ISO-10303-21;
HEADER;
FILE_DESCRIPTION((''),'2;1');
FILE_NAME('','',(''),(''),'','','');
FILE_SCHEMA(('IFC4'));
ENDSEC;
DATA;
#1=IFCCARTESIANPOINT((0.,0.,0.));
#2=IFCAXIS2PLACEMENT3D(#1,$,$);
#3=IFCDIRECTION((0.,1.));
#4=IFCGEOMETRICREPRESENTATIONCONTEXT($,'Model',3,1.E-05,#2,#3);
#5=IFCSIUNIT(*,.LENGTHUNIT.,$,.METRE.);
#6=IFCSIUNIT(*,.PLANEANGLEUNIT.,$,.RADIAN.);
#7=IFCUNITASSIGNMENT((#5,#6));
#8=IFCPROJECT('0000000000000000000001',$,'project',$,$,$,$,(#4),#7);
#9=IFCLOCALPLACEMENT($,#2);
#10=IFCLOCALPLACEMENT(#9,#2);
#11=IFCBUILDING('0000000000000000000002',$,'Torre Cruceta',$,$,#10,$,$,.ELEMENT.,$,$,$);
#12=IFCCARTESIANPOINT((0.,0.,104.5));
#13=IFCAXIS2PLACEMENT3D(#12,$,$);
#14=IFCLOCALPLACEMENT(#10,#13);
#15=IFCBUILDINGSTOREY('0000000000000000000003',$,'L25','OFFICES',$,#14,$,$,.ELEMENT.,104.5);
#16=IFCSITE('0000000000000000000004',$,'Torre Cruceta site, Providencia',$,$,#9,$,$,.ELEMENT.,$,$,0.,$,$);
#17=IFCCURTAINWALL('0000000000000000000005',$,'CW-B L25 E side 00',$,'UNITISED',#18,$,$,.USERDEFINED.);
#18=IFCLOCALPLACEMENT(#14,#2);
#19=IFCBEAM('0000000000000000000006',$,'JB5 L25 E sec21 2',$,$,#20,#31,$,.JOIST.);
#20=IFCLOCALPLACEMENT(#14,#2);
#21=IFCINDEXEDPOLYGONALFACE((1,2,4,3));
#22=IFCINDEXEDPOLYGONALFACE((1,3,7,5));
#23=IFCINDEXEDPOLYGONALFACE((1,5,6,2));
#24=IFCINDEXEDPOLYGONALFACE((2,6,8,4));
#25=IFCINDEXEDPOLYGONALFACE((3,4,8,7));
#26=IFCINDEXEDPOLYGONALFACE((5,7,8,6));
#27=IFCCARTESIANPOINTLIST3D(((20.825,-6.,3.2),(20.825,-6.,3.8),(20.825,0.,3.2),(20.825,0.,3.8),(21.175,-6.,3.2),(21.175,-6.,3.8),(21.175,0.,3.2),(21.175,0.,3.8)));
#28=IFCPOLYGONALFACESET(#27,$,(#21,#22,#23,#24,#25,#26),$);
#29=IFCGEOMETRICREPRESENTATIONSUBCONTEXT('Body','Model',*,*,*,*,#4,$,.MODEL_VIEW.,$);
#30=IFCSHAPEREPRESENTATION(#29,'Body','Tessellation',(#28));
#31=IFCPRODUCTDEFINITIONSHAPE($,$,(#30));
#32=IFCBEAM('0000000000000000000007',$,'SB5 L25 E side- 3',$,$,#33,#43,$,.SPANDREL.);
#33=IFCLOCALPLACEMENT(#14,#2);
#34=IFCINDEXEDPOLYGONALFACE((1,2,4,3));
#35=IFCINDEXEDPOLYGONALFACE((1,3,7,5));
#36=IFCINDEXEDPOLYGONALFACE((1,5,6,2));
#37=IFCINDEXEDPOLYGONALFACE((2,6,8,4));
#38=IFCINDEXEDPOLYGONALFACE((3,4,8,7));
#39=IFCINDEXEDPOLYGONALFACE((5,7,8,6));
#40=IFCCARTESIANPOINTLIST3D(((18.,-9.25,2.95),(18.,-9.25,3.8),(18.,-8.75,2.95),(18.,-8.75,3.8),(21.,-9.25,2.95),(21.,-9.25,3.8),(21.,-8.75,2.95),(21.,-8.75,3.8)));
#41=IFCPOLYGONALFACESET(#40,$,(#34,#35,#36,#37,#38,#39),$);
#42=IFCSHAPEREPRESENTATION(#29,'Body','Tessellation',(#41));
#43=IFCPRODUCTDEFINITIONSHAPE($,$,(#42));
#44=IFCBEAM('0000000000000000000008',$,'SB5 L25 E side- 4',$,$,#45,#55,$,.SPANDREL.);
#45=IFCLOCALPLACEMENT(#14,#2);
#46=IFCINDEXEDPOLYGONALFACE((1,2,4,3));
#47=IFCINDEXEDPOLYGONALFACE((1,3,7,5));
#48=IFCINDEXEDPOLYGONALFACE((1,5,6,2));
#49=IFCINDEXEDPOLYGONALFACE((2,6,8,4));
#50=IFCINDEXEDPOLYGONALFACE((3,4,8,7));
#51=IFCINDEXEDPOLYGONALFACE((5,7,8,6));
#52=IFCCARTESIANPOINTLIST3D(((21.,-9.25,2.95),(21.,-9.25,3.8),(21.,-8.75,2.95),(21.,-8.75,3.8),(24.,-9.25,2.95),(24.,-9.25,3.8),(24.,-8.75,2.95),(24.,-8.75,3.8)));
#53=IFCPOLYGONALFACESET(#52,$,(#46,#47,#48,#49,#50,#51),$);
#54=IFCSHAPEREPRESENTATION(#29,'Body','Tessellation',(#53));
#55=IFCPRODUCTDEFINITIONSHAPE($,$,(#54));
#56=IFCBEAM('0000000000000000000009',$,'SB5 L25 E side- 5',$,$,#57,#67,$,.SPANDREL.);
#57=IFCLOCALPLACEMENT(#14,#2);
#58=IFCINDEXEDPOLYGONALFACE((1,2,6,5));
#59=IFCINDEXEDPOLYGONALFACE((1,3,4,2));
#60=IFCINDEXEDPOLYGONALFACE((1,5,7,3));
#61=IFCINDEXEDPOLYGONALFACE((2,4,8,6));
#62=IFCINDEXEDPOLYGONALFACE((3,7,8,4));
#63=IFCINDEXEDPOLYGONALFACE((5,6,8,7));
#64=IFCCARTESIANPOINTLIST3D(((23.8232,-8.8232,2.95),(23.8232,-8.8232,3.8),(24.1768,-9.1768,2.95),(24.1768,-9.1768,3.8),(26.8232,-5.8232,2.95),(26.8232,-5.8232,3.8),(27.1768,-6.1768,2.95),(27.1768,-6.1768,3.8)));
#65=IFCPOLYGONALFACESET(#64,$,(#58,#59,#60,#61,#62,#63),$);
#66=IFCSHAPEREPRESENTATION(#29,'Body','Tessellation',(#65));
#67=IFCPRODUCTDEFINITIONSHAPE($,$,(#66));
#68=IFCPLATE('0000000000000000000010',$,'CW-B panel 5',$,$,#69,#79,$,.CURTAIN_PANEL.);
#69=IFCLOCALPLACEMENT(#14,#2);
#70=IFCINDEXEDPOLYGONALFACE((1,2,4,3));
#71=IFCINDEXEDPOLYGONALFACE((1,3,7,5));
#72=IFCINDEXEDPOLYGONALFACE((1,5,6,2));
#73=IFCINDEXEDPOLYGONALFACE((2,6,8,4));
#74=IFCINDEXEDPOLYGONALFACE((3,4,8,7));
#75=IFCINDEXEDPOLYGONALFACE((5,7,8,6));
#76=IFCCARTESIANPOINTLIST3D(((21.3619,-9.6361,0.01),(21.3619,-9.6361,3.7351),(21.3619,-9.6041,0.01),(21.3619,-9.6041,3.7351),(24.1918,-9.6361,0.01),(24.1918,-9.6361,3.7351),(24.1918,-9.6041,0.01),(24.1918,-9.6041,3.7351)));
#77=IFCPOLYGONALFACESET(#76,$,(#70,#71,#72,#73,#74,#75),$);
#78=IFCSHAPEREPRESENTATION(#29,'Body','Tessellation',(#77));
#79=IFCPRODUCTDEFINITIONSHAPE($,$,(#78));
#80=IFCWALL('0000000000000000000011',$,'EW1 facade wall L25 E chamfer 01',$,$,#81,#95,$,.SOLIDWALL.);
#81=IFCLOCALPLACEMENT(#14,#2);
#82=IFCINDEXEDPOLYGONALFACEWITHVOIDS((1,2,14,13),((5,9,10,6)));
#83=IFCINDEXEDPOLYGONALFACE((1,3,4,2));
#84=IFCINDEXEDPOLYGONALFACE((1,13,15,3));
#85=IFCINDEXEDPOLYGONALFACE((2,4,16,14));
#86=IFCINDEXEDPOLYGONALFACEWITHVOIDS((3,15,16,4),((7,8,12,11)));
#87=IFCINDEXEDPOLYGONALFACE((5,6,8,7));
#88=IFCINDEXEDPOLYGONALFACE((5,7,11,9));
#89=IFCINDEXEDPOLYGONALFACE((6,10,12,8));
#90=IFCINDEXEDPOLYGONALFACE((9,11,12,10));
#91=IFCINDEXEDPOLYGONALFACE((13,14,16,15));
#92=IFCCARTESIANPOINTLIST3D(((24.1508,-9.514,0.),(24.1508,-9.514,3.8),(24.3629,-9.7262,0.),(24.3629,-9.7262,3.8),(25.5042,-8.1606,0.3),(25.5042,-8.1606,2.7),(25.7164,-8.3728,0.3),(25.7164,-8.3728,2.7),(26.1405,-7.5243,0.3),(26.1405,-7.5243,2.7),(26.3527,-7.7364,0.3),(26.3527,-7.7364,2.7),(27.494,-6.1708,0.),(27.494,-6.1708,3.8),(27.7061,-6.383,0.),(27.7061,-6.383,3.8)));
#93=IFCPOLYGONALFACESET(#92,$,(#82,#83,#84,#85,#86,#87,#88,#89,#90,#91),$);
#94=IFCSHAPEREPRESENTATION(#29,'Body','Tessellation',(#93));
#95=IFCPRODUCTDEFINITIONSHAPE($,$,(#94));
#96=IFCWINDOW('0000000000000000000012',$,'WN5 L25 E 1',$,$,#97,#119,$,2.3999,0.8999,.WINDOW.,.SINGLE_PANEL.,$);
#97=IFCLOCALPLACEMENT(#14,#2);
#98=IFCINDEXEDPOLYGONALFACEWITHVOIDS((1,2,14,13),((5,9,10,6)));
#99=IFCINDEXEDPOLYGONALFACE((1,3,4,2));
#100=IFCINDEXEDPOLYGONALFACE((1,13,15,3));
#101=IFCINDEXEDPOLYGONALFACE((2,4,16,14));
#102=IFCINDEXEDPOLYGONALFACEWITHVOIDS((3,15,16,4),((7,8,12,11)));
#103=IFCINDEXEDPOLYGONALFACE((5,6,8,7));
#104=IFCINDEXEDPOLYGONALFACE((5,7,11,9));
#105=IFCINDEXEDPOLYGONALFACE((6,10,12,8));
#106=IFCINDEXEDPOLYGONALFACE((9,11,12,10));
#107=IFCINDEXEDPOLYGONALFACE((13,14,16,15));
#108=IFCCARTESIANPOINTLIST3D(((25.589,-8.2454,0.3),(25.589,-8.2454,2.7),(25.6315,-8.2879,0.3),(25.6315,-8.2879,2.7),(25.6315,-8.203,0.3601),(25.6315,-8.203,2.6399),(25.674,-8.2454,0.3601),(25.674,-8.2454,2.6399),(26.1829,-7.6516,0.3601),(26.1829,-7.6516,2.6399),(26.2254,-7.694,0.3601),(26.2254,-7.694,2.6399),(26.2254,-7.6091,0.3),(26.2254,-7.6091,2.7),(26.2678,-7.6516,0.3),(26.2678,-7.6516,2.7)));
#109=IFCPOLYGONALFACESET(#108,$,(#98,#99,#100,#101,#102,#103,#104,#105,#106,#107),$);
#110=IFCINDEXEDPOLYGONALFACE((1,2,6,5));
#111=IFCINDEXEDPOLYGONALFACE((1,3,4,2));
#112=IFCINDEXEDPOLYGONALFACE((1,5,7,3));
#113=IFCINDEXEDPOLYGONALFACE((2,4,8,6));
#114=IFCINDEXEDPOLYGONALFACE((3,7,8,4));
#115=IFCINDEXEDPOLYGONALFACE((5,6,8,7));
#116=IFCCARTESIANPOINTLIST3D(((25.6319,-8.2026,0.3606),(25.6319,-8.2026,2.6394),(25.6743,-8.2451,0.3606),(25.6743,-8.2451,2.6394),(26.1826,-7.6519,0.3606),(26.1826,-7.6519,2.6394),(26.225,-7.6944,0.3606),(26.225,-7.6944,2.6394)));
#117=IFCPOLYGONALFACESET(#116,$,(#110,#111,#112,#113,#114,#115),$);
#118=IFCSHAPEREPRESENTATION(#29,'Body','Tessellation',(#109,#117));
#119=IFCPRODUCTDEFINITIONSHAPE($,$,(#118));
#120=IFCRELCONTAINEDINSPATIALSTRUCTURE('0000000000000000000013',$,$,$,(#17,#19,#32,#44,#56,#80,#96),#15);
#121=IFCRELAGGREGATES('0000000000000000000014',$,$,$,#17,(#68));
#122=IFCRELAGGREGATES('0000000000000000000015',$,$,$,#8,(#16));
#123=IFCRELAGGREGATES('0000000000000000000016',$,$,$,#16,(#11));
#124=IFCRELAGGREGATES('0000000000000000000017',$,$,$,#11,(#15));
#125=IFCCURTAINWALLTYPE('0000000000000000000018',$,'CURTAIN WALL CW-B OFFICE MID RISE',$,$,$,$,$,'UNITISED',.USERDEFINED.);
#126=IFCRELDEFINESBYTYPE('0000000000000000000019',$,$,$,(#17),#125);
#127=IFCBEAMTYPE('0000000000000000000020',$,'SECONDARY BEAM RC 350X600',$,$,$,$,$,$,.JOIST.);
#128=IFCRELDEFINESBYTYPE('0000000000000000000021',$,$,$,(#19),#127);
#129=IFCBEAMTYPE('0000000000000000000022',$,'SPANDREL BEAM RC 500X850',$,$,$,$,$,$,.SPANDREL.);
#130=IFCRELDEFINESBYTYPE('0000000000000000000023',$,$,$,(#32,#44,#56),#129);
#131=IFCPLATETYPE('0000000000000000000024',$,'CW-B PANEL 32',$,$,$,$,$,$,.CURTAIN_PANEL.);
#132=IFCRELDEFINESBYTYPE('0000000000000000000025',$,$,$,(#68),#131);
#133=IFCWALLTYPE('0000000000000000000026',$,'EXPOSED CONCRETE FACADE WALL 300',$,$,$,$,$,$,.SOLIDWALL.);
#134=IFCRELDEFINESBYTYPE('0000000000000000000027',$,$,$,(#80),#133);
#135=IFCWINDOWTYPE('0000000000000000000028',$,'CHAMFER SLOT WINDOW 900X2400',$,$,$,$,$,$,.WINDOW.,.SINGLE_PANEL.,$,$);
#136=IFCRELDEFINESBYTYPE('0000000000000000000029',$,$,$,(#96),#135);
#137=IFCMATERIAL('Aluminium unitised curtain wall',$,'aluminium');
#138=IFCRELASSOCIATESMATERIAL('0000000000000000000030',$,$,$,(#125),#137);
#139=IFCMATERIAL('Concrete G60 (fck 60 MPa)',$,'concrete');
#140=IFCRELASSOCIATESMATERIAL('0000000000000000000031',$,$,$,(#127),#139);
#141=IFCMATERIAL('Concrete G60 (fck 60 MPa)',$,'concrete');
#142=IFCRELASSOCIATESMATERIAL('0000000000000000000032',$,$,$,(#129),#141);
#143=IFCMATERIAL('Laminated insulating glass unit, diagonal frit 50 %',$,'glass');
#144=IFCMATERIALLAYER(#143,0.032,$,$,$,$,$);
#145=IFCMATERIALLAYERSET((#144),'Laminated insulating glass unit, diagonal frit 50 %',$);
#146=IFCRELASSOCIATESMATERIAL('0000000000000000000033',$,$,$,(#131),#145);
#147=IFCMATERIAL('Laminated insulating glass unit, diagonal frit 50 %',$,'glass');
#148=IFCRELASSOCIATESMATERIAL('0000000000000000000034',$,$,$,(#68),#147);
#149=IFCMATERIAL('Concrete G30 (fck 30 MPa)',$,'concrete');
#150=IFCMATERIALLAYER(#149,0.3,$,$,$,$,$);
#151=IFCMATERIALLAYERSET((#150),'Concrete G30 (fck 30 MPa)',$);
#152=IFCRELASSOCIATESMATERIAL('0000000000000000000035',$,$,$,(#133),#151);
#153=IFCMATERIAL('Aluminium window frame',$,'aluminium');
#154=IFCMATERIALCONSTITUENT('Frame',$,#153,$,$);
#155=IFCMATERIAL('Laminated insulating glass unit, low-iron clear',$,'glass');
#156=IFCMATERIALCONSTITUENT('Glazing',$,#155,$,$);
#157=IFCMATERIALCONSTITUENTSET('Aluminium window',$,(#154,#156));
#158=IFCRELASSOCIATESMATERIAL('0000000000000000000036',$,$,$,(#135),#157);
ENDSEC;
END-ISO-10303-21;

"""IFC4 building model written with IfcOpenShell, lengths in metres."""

from ifc_helpers import new_model, si_unit, direction, frame, frame_2d, origin, origin_2d, place, context, subcontext, project, spatial, rectangle, hollow_rectangle, extrude, material, layer, layer_set, constituent, constituent_set, material_profile, profile_set, type_object, element, fill, aggregate, save


model = new_model("IFC4")

# Units and contexts
model_context = context("Model", 3, precision=1e-05, world=origin(), true_north=direction((0.0, 1.0)))
body_context = subcontext(model_context, "Body", "Model", "MODEL_VIEW")
ifc_project = project(units=[si_unit("LENGTHUNIT", "METRE"), si_unit("PLANEANGLEUNIT", "RADIAN")], contexts=[model_context])

# Site, building, storey
site_placement = place(None, origin())
site = spatial("IfcSite", under=ifc_project, at=site_placement, Name="Torre Cruceta site, Providencia", CompositionType="ELEMENT", RefElevation=0.0)
building_placement = place(site_placement, origin())
building = spatial("IfcBuilding", under=site, at=building_placement, Name="Torre Cruceta", CompositionType="ELEMENT")
storey_placement = place(building_placement, frame((0.0, 0.0, 104.5)))
storey = spatial("IfcBuildingStorey", under=building, at=storey_placement, Name="L25", Description="OFFICES", CompositionType="ELEMENT", Elevation=104.5)

# Curtain wall
ifc_material_1 = material(Name="Aluminium unitised curtain wall", Category="aluminium")
curtain_wall_type = type_object("IfcCurtainWallType", Name="CURTAIN WALL CW-B OFFICE MID RISE", ElementType="UNITISED", PredefinedType="USERDEFINED", material=ifc_material_1)
curtain_wall_placement = place(storey_placement, origin())
curtain_wall = element("IfcCurtainWall", 1, at=curtain_wall_placement, inside=storey, type_object=curtain_wall_type, Name="CW-B L25 E side 00", ObjectType="UNITISED", PredefinedType="USERDEFINED")

# Beams
ifc_material_2 = material(Name="Concrete G60 (fck 60 MPa)", Category="concrete")
ifc_material_profile_1 = material_profile(ifc_material_2, rectangle(XDim=0.3501, YDim=0.6001, at=origin_2d()), Name="RC 350X600")
ifc_profile_set_1 = profile_set([ifc_material_profile_1], Name="Concrete G60 (fck 60 MPa)")
beam_type_1 = type_object("IfcBeamType", Name="SECONDARY BEAM RC 350X600", PredefinedType="JOIST", material=ifc_profile_set_1)
beam_1_placement = place(storey_placement, frame((21.0, -6.0, 3.5), z_axis=(0.0, 1.0, 0.0), x_axis=(-1.0, 0.0, 0.0)))
element("IfcBeam", 2, at=beam_1_placement, inside=storey, type_object=beam_type_1, Name="JB5 L25 E sec21 2", PredefinedType="JOIST", context=body_context, shape_type="SweptSolid", body=[
    extrude(rectangle(XDim=0.3501, YDim=0.6001, at=origin_2d()), origin(), (0.0, 0.0, 1.0), 6.0),
])
ifc_material_3 = material(Name="Concrete G60 (fck 60 MPa)", Category="concrete")
ifc_material_profile_2 = material_profile(ifc_material_3, rectangle(XDim=0.5, YDim=0.8501, at=origin_2d()), Name="RC 500X850")
ifc_profile_set_2 = profile_set([ifc_material_profile_2], Name="Concrete G60 (fck 60 MPa)")
beam_type_2 = type_object("IfcBeamType", Name="SPANDREL BEAM RC 500X850", PredefinedType="SPANDREL", material=ifc_profile_set_2)
for number, where, z_axis, x_axis, name in (
    (3, (18.0, -9.0, 3.375), (1.0, 0.0, 0.0), (0.0, 1.0, 0.0), "SB5 L25 E side- 3"),
    (4, (21.0, -9.0, 3.375), (1.0, 0.0, 0.0), (0.0, 1.0, 0.0), "SB5 L25 E side- 4"),
):
    element("IfcBeam", number, at=place(storey_placement, frame(where, z_axis=z_axis, x_axis=x_axis)), inside=storey, type_object=beam_type_2, Name=name, PredefinedType="SPANDREL", context=body_context, shape_type="SweptSolid", body=[
        extrude(rectangle(XDim=0.5, YDim=0.8501, at=origin_2d()), origin(), (0.0, 0.0, 1.0), 3.0),
    ])
beam_2_placement = place(storey_placement, frame((24.0, -9.0, 3.375), z_axis=(0.707107, 0.707107, 0.0), x_axis=(-0.707107, 0.707107, 0.0)))
element("IfcBeam", 5, at=beam_2_placement, inside=storey, type_object=beam_type_2, Name="SB5 L25 E side- 5", PredefinedType="SPANDREL", context=body_context, shape_type="SweptSolid", body=[
    extrude(rectangle(XDim=0.5, YDim=0.8501, at=origin_2d()), origin(), (0.0, 0.0, 1.0), 4.2427),
])

# Plate
ifc_material_4 = material(Name="Laminated insulating glass unit, diagonal frit 50 %", Category="glass")
ifc_material_5 = material(Name="Laminated insulating glass unit, diagonal frit 50 %", Category="glass")
ifc_layer_1 = layer(ifc_material_5, 0.032)
ifc_layer_set_1 = layer_set([ifc_layer_1], Name="Laminated insulating glass unit, diagonal frit 50 %")
plate_type = type_object("IfcPlateType", Name="CW-B PANEL 32", PredefinedType="CURTAIN_PANEL", material=ifc_layer_set_1)
plate_placement = place(storey_placement, frame((22.7769, -9.6201, 0.01), z_axis=(0.0, 0.0, 1.0), x_axis=(1.0, 0.0, 0.0)))
plate = element("IfcPlate", 6, at=plate_placement, type_object=plate_type, material=ifc_material_4, Name="CW-B panel 5", PredefinedType="CURTAIN_PANEL", context=body_context, shape_type="SweptSolid", body=[
    extrude(rectangle(XDim=2.8298, YDim=0.032, at=origin_2d()), origin(), (0.0, 0.0, 1.0), 3.7251),
])
aggregate(curtain_wall, [plate])

# Wall, opening, window
ifc_material_6 = material(Name="Concrete G30 (fck 30 MPa)", Category="concrete")
ifc_layer_2 = layer(ifc_material_6, 0.3)
ifc_layer_set_2 = layer_set([ifc_layer_2], Name="Concrete G30 (fck 30 MPa)")
wall_type_1 = type_object("IfcWallType", Name="EXPOSED CONCRETE FACADE WALL 300", PredefinedType="SOLIDWALL", material=ifc_layer_set_2)
wall_1_placement = place(storey_placement, frame((24.2568, -9.6201, 0.0), z_axis=(0.0, 0.0, 1.0), x_axis=(0.707107, 0.707107, 0.0)))
wall_1 = element("IfcWall", 7, at=wall_1_placement, inside=storey, type_object=wall_type_1, Name="EW1 facade wall L25 E chamfer 01", PredefinedType="SOLIDWALL", context=body_context, shape_type="SweptSolid", body=[
    extrude(rectangle(XDim=4.728, YDim=0.3, at=frame_2d((2.364, 0.0))), origin(), (0.0, 0.0, 1.0), 3.8),
])
opening_1_placement = place(wall_1_placement, frame((1.9141, 0.0, 0.3)))
opening_1 = element("IfcOpeningElement", 8, at=opening_1_placement, cuts=wall_1, PredefinedType="OPENING", context=body_context, shape_type="SweptSolid", body=[
    extrude(rectangle(XDim=0.8999, YDim=2.3999, at=frame_2d((0.45, 1.2))), frame((0.0, 0.1599, 0.0), z_axis=(0.0, -1.0, 0.0), x_axis=(1.0, 0.0, 0.0)), (0.0, 0.0, 1.0), 0.3201),
])
ifc_material_7 = material(Name="Aluminium window frame", Category="aluminium")
ifc_constituent_1 = constituent(ifc_material_7, Name="Frame")
ifc_material_8 = material(Name="Laminated insulating glass unit, low-iron clear", Category="glass")
ifc_constituent_2 = constituent(ifc_material_8, Name="Glazing")
ifc_constituent_set_1 = constituent_set(constituents=[ifc_constituent_1, ifc_constituent_2], Name="Aluminium window")
window_type_1 = type_object("IfcWindowType", Name="CHAMFER SLOT WINDOW 900X2400", PartitioningType="SINGLE_PANEL", PredefinedType="WINDOW", material=ifc_constituent_set_1)
window_1_placement = place(opening_1_placement, origin())
window_1 = element("IfcWindow", 9, at=window_1_placement, inside=storey, type_object=window_type_1, Name="WN5 L25 E 1", OverallHeight=2.3999, OverallWidth=0.8999, PartitioningType="SINGLE_PANEL", PredefinedType="WINDOW", context=body_context, shape_type="SweptSolid", body=[
    extrude(hollow_rectangle(XDim=0.8999, YDim=2.3999, WallThickness=0.0601, at=frame_2d((0.45, 1.2))), frame((0.0, 0.03, 0.0), z_axis=(0.0, -1.0, 0.0), x_axis=(1.0, 0.0, 0.0)), (0.0, 0.0, 1.0), 0.0601),
    extrude(rectangle(XDim=0.7788, YDim=2.2788, at=frame_2d((0.45, 1.2))), frame((0.0, 0.03, 0.0), z_axis=(0.0, -1.0, 0.0), x_axis=(1.0, 0.0, 0.0)), (0.0, 0.0, 1.0), 0.0601),
])
fill(opening_1, window_1)

save(model, "model.ifc")
